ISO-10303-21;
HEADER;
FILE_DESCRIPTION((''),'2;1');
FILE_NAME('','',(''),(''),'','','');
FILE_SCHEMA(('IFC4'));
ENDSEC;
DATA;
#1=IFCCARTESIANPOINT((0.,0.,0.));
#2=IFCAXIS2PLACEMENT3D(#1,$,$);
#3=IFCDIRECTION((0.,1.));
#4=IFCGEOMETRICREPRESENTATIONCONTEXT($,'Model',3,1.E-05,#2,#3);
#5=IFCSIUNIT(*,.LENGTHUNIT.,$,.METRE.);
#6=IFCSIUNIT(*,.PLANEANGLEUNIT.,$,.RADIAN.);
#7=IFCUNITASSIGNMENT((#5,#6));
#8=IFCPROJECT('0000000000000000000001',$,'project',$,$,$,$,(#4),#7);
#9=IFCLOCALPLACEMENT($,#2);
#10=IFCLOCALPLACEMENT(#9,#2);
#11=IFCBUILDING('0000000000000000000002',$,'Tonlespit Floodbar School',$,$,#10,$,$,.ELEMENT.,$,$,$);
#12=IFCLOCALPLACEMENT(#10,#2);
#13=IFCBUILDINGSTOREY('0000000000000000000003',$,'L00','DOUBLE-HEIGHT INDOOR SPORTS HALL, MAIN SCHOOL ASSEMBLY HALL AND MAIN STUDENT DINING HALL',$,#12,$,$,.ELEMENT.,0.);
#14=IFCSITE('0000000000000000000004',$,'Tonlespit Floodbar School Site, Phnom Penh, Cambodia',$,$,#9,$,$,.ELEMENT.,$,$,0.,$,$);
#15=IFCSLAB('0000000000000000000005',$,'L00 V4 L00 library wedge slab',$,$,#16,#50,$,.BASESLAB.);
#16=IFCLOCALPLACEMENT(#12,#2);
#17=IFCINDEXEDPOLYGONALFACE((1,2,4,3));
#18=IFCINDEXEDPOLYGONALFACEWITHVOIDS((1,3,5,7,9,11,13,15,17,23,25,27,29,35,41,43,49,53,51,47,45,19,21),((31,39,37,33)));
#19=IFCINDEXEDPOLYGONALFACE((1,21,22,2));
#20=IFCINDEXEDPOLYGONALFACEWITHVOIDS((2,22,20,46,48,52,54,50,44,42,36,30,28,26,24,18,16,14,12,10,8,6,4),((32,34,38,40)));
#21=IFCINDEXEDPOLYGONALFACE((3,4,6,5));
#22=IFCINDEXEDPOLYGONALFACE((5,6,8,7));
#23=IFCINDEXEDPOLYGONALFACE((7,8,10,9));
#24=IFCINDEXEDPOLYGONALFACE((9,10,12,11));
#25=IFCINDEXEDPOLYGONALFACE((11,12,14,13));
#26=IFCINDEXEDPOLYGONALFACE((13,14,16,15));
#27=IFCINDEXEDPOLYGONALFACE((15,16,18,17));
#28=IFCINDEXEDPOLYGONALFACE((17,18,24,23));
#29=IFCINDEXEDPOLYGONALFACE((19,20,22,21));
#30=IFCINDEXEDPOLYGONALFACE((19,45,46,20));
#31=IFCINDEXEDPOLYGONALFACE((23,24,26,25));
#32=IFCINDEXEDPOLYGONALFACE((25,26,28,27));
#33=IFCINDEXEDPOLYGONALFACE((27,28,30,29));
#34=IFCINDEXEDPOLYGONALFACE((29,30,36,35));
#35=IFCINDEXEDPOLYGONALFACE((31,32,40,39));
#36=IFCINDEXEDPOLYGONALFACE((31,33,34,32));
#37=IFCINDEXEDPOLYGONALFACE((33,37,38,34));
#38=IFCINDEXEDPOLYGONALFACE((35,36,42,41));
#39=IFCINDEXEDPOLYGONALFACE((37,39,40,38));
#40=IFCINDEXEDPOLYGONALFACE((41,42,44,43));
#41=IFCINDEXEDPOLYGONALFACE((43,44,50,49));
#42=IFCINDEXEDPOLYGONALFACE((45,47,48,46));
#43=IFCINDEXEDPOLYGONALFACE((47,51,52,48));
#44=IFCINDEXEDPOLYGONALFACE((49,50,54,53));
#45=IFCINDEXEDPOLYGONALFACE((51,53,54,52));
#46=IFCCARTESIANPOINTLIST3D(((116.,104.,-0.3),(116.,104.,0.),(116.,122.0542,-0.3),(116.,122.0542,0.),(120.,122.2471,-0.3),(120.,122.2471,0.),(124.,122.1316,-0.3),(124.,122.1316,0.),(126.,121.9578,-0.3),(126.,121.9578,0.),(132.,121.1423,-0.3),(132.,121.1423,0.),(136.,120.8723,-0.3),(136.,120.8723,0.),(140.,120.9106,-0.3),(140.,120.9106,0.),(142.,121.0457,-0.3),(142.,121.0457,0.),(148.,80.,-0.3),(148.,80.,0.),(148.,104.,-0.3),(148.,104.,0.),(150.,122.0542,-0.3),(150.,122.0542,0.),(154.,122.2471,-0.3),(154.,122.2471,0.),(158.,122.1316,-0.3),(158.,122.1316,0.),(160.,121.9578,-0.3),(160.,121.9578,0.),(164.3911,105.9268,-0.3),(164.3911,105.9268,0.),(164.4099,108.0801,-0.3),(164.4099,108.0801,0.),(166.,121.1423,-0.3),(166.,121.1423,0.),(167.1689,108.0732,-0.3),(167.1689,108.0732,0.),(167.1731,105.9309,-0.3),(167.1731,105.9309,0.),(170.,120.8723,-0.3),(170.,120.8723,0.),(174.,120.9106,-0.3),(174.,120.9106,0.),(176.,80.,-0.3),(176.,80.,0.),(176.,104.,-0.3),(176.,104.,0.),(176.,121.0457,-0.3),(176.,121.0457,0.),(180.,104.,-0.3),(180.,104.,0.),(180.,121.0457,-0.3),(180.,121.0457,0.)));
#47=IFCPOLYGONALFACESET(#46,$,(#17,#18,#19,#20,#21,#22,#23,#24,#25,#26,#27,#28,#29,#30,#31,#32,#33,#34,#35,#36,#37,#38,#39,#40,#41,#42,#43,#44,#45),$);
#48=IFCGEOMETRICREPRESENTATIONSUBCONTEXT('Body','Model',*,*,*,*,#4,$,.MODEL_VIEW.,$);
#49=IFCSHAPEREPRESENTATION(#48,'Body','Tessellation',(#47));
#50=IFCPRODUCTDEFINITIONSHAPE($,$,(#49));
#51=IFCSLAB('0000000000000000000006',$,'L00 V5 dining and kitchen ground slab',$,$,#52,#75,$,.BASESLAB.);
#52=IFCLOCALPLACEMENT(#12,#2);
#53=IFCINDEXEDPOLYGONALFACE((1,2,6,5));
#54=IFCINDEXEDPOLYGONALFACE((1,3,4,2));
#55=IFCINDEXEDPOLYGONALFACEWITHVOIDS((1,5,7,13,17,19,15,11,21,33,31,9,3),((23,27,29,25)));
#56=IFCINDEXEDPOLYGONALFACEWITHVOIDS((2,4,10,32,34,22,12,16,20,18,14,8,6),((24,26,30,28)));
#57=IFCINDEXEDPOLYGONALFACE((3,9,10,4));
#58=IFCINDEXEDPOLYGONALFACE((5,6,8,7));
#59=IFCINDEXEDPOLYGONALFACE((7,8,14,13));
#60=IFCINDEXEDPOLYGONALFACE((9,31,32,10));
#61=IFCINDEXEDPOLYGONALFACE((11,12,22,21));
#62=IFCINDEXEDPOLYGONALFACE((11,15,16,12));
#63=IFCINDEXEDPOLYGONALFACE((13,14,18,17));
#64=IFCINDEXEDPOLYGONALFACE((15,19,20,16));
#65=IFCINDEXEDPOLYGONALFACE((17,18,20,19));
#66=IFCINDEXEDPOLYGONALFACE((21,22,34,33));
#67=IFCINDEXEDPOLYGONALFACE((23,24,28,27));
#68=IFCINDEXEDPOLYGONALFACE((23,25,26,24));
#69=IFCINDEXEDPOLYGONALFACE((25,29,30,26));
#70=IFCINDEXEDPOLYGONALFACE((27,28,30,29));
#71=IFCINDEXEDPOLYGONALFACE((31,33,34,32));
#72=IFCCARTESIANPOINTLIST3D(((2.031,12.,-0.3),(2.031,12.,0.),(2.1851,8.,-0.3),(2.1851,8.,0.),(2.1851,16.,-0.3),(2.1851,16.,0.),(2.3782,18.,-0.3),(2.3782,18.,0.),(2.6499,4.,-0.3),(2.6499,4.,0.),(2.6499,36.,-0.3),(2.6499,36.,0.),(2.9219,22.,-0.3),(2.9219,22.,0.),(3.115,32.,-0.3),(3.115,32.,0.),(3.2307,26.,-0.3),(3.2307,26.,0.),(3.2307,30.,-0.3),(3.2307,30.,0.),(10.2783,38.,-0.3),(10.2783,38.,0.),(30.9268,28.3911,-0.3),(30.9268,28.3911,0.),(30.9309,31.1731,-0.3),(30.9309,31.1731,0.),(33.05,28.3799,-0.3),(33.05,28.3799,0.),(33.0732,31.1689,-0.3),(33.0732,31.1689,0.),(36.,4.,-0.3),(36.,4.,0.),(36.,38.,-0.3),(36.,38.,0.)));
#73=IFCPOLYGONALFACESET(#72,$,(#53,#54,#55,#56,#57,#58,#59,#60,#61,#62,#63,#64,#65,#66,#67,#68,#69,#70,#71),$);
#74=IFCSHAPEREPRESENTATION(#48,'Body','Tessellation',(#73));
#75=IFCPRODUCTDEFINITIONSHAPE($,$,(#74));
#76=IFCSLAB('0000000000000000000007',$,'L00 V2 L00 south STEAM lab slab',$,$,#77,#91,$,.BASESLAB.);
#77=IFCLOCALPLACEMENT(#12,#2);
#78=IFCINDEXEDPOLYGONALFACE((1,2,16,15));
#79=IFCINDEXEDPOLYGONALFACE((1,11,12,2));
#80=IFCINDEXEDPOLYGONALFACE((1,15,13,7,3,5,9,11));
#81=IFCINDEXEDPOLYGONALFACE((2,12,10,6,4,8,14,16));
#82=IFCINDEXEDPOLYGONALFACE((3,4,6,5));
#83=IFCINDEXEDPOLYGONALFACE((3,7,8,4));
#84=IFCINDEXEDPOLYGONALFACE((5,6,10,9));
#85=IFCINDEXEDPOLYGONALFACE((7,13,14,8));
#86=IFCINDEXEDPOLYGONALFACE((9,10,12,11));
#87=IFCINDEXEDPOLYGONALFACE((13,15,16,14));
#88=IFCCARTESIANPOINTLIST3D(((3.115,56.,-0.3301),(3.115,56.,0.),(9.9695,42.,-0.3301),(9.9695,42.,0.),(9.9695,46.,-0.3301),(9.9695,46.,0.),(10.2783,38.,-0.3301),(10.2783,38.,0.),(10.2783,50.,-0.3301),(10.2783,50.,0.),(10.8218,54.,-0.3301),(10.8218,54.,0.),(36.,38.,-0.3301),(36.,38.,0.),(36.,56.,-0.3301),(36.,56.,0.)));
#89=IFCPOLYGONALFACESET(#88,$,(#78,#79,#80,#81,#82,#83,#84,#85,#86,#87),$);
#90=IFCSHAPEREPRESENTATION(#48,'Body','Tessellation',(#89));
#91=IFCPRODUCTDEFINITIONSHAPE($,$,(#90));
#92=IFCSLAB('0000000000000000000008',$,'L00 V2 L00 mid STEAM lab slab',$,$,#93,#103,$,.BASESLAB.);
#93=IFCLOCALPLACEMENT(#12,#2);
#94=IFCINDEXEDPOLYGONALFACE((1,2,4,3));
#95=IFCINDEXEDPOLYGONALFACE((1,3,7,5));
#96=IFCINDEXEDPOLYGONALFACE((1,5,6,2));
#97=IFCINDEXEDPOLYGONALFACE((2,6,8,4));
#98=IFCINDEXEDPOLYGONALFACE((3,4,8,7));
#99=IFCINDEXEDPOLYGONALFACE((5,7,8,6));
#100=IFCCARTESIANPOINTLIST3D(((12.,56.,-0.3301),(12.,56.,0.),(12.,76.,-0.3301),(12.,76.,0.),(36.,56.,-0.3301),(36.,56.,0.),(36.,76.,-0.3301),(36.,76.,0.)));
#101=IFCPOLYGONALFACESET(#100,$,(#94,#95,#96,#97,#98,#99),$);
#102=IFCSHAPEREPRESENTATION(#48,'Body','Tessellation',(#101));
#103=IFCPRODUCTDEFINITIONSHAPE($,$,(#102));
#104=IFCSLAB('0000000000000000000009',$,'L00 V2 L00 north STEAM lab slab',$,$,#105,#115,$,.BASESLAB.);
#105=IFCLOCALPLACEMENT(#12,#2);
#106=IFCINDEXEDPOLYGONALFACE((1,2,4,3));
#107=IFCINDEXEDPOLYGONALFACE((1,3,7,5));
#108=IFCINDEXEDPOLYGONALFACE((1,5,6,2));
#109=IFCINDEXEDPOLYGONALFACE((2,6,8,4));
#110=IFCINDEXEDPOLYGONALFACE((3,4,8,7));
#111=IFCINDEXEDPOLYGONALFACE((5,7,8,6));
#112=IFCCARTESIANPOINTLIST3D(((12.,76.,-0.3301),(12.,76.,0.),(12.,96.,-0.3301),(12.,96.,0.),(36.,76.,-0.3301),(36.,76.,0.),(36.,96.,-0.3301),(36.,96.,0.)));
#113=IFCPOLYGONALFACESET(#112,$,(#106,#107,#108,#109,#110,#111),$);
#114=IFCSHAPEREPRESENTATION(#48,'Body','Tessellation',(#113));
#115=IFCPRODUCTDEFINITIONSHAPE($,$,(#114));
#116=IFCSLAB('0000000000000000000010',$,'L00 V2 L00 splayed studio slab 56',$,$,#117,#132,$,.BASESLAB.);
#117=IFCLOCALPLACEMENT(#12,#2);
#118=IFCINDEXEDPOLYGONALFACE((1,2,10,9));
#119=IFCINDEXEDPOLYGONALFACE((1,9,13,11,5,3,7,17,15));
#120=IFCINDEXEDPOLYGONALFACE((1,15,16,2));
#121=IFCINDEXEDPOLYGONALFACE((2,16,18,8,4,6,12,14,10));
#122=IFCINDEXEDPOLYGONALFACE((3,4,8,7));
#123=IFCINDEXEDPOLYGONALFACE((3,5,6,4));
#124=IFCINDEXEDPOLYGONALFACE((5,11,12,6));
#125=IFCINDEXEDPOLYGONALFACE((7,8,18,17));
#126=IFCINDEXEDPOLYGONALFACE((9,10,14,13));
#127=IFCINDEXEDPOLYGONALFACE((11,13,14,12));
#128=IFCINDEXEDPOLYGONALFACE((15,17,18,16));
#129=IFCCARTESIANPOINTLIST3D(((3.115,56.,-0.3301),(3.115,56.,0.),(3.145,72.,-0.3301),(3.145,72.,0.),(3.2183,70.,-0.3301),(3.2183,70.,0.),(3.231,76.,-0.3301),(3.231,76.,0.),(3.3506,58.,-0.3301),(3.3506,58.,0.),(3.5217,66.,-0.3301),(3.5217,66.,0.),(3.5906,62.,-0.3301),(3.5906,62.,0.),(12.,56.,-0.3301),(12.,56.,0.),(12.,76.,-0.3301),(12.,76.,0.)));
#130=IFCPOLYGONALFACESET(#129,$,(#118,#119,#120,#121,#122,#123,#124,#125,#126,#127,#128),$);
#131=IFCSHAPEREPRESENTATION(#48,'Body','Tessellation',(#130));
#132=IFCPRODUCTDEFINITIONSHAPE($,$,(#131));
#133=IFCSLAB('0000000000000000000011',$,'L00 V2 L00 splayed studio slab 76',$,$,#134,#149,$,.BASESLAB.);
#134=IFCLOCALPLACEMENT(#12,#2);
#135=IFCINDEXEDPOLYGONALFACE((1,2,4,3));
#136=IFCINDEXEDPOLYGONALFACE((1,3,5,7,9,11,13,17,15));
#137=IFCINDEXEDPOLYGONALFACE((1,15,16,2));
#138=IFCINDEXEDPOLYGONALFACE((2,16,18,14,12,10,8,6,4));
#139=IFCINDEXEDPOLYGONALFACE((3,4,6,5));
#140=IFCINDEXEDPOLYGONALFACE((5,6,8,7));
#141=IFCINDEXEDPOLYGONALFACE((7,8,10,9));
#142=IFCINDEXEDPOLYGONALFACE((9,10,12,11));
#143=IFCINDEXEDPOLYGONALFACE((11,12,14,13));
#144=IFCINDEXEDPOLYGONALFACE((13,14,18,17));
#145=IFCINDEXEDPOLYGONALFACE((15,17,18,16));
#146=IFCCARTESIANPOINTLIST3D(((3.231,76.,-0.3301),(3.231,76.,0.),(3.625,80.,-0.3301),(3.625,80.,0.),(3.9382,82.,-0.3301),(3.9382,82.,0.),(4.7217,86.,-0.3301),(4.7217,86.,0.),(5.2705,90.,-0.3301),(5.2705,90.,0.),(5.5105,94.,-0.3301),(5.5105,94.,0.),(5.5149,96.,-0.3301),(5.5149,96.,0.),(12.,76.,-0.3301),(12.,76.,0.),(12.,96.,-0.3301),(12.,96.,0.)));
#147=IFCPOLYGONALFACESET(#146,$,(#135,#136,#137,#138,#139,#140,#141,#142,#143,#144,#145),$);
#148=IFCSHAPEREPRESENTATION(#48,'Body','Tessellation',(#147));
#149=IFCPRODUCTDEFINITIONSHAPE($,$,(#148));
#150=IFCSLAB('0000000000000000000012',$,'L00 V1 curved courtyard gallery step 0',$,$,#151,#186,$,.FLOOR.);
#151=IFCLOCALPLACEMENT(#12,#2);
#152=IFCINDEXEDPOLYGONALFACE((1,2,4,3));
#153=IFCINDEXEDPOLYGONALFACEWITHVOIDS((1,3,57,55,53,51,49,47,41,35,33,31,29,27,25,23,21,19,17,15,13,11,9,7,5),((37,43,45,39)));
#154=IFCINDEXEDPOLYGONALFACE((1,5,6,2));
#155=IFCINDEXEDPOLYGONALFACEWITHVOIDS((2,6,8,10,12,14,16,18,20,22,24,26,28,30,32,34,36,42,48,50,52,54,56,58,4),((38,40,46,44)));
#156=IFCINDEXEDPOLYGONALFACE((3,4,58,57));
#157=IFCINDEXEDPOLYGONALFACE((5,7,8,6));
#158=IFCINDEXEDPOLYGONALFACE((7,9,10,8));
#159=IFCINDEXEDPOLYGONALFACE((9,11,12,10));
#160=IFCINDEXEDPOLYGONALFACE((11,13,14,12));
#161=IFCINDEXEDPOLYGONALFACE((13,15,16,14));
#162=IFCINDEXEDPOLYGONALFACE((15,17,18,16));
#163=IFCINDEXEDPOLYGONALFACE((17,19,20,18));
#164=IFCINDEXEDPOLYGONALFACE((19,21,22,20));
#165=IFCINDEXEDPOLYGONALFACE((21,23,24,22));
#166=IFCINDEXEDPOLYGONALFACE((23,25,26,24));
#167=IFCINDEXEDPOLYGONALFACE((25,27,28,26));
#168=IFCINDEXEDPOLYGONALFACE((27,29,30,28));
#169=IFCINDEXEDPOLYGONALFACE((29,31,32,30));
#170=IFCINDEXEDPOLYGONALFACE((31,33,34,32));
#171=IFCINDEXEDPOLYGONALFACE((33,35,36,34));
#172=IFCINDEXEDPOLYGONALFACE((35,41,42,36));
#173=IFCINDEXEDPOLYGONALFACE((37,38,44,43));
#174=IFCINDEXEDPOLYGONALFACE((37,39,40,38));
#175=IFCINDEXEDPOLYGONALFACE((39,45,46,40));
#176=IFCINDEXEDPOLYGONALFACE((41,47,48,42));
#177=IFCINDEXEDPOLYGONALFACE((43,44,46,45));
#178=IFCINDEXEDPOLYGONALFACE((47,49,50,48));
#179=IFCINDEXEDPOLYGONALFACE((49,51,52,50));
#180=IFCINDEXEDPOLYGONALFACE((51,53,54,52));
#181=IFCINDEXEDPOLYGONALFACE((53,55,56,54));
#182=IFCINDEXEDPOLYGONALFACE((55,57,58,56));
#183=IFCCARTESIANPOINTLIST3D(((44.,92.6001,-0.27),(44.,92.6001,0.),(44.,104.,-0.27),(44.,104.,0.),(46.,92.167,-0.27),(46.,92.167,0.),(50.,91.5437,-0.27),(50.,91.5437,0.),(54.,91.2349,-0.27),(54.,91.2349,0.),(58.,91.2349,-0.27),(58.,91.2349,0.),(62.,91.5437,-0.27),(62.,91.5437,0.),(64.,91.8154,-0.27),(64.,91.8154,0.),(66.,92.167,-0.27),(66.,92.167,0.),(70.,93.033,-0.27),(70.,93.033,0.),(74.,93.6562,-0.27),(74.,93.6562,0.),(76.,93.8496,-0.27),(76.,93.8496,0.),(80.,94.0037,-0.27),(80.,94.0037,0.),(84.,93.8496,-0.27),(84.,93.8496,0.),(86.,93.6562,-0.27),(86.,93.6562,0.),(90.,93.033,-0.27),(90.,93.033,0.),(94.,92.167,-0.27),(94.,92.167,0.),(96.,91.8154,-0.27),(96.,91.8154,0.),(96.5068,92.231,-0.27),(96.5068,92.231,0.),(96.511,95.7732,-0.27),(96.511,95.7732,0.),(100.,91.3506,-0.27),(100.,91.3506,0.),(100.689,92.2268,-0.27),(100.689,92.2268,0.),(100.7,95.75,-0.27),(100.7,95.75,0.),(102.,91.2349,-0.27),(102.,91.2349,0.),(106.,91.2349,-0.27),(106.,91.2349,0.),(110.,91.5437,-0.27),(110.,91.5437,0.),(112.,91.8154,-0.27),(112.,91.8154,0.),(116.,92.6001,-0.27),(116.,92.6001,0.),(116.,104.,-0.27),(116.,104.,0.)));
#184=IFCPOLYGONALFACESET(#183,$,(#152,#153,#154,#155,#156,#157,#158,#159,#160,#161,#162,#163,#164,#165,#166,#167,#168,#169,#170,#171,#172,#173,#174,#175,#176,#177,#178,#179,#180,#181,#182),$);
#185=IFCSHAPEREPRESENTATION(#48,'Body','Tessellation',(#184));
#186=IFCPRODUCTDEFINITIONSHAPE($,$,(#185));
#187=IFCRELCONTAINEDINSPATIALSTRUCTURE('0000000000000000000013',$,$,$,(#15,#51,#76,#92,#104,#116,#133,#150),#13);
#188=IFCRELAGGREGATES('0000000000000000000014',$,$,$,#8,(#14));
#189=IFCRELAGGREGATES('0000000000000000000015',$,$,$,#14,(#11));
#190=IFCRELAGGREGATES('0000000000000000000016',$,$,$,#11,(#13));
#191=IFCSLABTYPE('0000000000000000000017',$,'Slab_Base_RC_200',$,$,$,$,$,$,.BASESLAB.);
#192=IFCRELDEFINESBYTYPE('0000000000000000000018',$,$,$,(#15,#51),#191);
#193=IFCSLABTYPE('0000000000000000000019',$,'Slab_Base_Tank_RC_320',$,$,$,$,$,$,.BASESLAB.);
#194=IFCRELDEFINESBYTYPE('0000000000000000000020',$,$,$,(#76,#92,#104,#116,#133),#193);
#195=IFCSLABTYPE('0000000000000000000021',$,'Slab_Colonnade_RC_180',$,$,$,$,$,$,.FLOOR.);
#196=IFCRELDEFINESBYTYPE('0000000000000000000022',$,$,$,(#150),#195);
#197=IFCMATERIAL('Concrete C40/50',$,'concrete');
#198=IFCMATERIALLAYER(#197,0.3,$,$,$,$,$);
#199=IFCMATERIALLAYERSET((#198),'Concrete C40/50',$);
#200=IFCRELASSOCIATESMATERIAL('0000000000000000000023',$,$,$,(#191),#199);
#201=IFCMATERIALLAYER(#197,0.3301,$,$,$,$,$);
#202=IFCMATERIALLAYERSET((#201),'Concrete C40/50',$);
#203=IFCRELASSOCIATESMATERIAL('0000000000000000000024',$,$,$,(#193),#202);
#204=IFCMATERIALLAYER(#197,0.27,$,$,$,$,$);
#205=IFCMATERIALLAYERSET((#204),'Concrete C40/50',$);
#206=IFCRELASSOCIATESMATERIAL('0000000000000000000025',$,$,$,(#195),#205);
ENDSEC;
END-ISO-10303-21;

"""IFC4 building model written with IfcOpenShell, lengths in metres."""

from ifc_helpers import new_model, si_unit, direction, frame, origin, place, context, subcontext, project, spatial, polyline, outline, extrude, material, layer, layer_set, type_object, element, save


model = new_model("IFC4")

# Units and contexts
model_context = context("Model", 3, precision=1e-05, world=origin(), true_north=direction((0.0, 1.0)))
body_context = subcontext(model_context, "Body", "Model", "MODEL_VIEW")
ifc_project = project(units=[si_unit("LENGTHUNIT", "METRE"), si_unit("PLANEANGLEUNIT", "RADIAN")], contexts=[model_context])

# Site, building, storey
site_placement = place(None, origin())
site = spatial("IfcSite", under=ifc_project, at=site_placement, Name="Tonlespit Floodbar School Site, Phnom Penh, Cambodia", CompositionType="ELEMENT", RefElevation=0.0)
building_placement = place(site_placement, origin())
building = spatial("IfcBuilding", under=site, at=building_placement, Name="Tonlespit Floodbar School", CompositionType="ELEMENT")
storey_placement = place(building_placement, origin())
storey = spatial("IfcBuildingStorey", under=building, at=storey_placement, Name="L00", Description="DOUBLE-HEIGHT INDOOR SPORTS HALL, MAIN SCHOOL ASSEMBLY HALL AND MAIN STUDENT DINING HALL", CompositionType="ELEMENT", Elevation=0.0)

# Slabs
ifc_material_1 = material(Name="Concrete C40/50", Category="concrete")
ifc_layer_1 = layer(ifc_material_1, 0.3)
ifc_layer_set_1 = layer_set([ifc_layer_1], Name="Concrete C40/50")
slab_type_1 = type_object("IfcSlabType", Name="Slab_Base_RC_200", PredefinedType="BASESLAB", material=ifc_layer_set_1)
slab_1_placement = place(storey_placement, frame((0.0, 0.0, -0.3)))
element("IfcSlab", 1, at=slab_1_placement, inside=storey, type_object=slab_type_1, Name="L00 V4 L00 library wedge slab", PredefinedType="BASESLAB", context=body_context, shape_type="SweptSolid", body=[
    extrude(outline(polyline([(116.0, 122.0542), (120.0, 122.2471), (124.0, 122.1316), (126.0, 121.9578), (132.0, 121.1423), (136.0, 120.8723), (140.0, 120.9106), (142.0, 121.0457), (150.0, 122.0542), (154.0, 122.2471), (158.0, 122.1316), (160.0, 121.9578), (166.0, 121.1423), (170.0, 120.8723), (174.0, 120.9106), (176.0, 121.0457), (180.0, 121.0457), (180.0, 104.0), (176.0, 104.0), (176.0, 80.0), (148.0, 80.0), (148.0, 104.0), (116.0, 104.0), (116.0, 122.0542)]), holes=[polyline([(164.4099, 108.0801), (164.3911, 105.9268), (167.1731, 105.9309), (167.1689, 108.0732), (164.4099, 108.0801)])]), origin(), (0.0, 0.0, 1.0), 0.3),
])
slab_2_placement = place(storey_placement, frame((0.0, 0.0, -0.3)))
element("IfcSlab", 2, at=slab_2_placement, inside=storey, type_object=slab_type_1, Name="L00 V5 dining and kitchen ground slab", PredefinedType="BASESLAB", context=body_context, shape_type="SweptSolid", body=[
    extrude(outline(polyline([(36.0, 38.0), (36.0, 4.0), (2.6499, 4.0), (2.1851, 8.0), (2.031, 12.0), (2.1851, 16.0), (2.3782, 18.0), (2.9219, 22.0), (3.2307, 26.0), (3.2307, 30.0), (3.115, 32.0), (2.6499, 36.0), (10.2783, 38.0), (36.0, 38.0)]), holes=[polyline([(33.05, 28.3799), (33.0732, 31.1689), (30.9309, 31.1731), (30.9268, 28.3911), (33.05, 28.3799)])]), origin(), (0.0, 0.0, 1.0), 0.3),
])
ifc_layer_2 = layer(ifc_material_1, 0.3301)
ifc_layer_set_2 = layer_set([ifc_layer_2], Name="Concrete C40/50")
slab_type_2 = type_object("IfcSlabType", Name="Slab_Base_Tank_RC_320", PredefinedType="BASESLAB", material=ifc_layer_set_2)
slab_3_placement = place(storey_placement, frame((0.0, 0.0, -0.3301)))
element("IfcSlab", 3, at=slab_3_placement, inside=storey, type_object=slab_type_2, Name="L00 V2 L00 south STEAM lab slab", PredefinedType="BASESLAB", context=body_context, shape_type="SweptSolid", body=[
    extrude(outline(polyline([(3.115, 56.0), (36.0, 56.0), (36.0, 38.0), (10.2783, 38.0), (9.9695, 42.0), (9.9695, 46.0), (10.2783, 50.0), (10.8218, 54.0), (3.115, 56.0)])), origin(), (0.0, 0.0, 1.0), 0.3301),
])
slab_4_placement = place(storey_placement, frame((0.0, 0.0, -0.3301)))
element("IfcSlab", 4, at=slab_4_placement, inside=storey, type_object=slab_type_2, Name="L00 V2 L00 mid STEAM lab slab", PredefinedType="BASESLAB", context=body_context, shape_type="SweptSolid", body=[
    extrude(outline(polyline([(12.0, 76.0), (36.0, 76.0), (36.0, 56.0), (12.0, 56.0), (12.0, 76.0)])), origin(), (0.0, 0.0, 1.0), 0.3301),
])
slab_5_placement = place(storey_placement, frame((0.0, 0.0, -0.3301)))
element("IfcSlab", 5, at=slab_5_placement, inside=storey, type_object=slab_type_2, Name="L00 V2 L00 north STEAM lab slab", PredefinedType="BASESLAB", context=body_context, shape_type="SweptSolid", body=[
    extrude(outline(polyline([(12.0, 96.0), (36.0, 96.0), (36.0, 76.0), (12.0, 76.0), (12.0, 96.0)])), origin(), (0.0, 0.0, 1.0), 0.3301),
])
slab_6_placement = place(storey_placement, frame((0.0, 0.0, -0.3301)))
element("IfcSlab", 6, at=slab_6_placement, inside=storey, type_object=slab_type_2, Name="L00 V2 L00 splayed studio slab 56", PredefinedType="BASESLAB", context=body_context, shape_type="SweptSolid", body=[
    extrude(outline(polyline([(3.115, 56.0), (3.3506, 58.0), (3.5906, 62.0), (3.5217, 66.0), (3.2183, 70.0), (3.145, 72.0), (3.231, 76.0), (12.0, 76.0), (12.0, 56.0), (3.115, 56.0)])), origin(), (0.0, 0.0, 1.0), 0.3301),
])
slab_7_placement = place(storey_placement, frame((0.0, 0.0, -0.3301)))
element("IfcSlab", 7, at=slab_7_placement, inside=storey, type_object=slab_type_2, Name="L00 V2 L00 splayed studio slab 76", PredefinedType="BASESLAB", context=body_context, shape_type="SweptSolid", body=[
    extrude(outline(polyline([(3.231, 76.0), (3.625, 80.0), (3.9382, 82.0), (4.7217, 86.0), (5.2705, 90.0), (5.5105, 94.0), (5.5149, 96.0), (12.0, 96.0), (12.0, 76.0), (3.231, 76.0)])), origin(), (0.0, 0.0, 1.0), 0.3301),
])
ifc_layer_3 = layer(ifc_material_1, 0.27)
ifc_layer_set_3 = layer_set([ifc_layer_3], Name="Concrete C40/50")
slab_type_3 = type_object("IfcSlabType", Name="Slab_Colonnade_RC_180", PredefinedType="FLOOR", material=ifc_layer_set_3)
slab_8_placement = place(storey_placement, frame((0.0, 0.0, -0.27)))
element("IfcSlab", 8, at=slab_8_placement, inside=storey, type_object=slab_type_3, Name="L00 V1 curved courtyard gallery step 0", PredefinedType="FLOOR", context=body_context, shape_type="SweptSolid", body=[
    extrude(outline(polyline([(44.0, 104.0), (116.0, 104.0), (116.0, 92.6001), (112.0, 91.8154), (110.0, 91.5437), (106.0, 91.2349), (102.0, 91.2349), (100.0, 91.3506), (96.0, 91.8154), (94.0, 92.167), (90.0, 93.033), (86.0, 93.6562), (84.0, 93.8496), (80.0, 94.0037), (76.0, 93.8496), (74.0, 93.6562), (70.0, 93.033), (66.0, 92.167), (64.0, 91.8154), (62.0, 91.5437), (58.0, 91.2349), (54.0, 91.2349), (50.0, 91.5437), (46.0, 92.167), (44.0, 92.6001), (44.0, 104.0)]), holes=[polyline([(100.7, 95.75), (96.511, 95.7732), (96.5068, 92.231), (100.689, 92.2268), (100.7, 95.75)])]), origin(), (0.0, 0.0, 1.0), 0.27),
])

save(model, "model.ifc")
